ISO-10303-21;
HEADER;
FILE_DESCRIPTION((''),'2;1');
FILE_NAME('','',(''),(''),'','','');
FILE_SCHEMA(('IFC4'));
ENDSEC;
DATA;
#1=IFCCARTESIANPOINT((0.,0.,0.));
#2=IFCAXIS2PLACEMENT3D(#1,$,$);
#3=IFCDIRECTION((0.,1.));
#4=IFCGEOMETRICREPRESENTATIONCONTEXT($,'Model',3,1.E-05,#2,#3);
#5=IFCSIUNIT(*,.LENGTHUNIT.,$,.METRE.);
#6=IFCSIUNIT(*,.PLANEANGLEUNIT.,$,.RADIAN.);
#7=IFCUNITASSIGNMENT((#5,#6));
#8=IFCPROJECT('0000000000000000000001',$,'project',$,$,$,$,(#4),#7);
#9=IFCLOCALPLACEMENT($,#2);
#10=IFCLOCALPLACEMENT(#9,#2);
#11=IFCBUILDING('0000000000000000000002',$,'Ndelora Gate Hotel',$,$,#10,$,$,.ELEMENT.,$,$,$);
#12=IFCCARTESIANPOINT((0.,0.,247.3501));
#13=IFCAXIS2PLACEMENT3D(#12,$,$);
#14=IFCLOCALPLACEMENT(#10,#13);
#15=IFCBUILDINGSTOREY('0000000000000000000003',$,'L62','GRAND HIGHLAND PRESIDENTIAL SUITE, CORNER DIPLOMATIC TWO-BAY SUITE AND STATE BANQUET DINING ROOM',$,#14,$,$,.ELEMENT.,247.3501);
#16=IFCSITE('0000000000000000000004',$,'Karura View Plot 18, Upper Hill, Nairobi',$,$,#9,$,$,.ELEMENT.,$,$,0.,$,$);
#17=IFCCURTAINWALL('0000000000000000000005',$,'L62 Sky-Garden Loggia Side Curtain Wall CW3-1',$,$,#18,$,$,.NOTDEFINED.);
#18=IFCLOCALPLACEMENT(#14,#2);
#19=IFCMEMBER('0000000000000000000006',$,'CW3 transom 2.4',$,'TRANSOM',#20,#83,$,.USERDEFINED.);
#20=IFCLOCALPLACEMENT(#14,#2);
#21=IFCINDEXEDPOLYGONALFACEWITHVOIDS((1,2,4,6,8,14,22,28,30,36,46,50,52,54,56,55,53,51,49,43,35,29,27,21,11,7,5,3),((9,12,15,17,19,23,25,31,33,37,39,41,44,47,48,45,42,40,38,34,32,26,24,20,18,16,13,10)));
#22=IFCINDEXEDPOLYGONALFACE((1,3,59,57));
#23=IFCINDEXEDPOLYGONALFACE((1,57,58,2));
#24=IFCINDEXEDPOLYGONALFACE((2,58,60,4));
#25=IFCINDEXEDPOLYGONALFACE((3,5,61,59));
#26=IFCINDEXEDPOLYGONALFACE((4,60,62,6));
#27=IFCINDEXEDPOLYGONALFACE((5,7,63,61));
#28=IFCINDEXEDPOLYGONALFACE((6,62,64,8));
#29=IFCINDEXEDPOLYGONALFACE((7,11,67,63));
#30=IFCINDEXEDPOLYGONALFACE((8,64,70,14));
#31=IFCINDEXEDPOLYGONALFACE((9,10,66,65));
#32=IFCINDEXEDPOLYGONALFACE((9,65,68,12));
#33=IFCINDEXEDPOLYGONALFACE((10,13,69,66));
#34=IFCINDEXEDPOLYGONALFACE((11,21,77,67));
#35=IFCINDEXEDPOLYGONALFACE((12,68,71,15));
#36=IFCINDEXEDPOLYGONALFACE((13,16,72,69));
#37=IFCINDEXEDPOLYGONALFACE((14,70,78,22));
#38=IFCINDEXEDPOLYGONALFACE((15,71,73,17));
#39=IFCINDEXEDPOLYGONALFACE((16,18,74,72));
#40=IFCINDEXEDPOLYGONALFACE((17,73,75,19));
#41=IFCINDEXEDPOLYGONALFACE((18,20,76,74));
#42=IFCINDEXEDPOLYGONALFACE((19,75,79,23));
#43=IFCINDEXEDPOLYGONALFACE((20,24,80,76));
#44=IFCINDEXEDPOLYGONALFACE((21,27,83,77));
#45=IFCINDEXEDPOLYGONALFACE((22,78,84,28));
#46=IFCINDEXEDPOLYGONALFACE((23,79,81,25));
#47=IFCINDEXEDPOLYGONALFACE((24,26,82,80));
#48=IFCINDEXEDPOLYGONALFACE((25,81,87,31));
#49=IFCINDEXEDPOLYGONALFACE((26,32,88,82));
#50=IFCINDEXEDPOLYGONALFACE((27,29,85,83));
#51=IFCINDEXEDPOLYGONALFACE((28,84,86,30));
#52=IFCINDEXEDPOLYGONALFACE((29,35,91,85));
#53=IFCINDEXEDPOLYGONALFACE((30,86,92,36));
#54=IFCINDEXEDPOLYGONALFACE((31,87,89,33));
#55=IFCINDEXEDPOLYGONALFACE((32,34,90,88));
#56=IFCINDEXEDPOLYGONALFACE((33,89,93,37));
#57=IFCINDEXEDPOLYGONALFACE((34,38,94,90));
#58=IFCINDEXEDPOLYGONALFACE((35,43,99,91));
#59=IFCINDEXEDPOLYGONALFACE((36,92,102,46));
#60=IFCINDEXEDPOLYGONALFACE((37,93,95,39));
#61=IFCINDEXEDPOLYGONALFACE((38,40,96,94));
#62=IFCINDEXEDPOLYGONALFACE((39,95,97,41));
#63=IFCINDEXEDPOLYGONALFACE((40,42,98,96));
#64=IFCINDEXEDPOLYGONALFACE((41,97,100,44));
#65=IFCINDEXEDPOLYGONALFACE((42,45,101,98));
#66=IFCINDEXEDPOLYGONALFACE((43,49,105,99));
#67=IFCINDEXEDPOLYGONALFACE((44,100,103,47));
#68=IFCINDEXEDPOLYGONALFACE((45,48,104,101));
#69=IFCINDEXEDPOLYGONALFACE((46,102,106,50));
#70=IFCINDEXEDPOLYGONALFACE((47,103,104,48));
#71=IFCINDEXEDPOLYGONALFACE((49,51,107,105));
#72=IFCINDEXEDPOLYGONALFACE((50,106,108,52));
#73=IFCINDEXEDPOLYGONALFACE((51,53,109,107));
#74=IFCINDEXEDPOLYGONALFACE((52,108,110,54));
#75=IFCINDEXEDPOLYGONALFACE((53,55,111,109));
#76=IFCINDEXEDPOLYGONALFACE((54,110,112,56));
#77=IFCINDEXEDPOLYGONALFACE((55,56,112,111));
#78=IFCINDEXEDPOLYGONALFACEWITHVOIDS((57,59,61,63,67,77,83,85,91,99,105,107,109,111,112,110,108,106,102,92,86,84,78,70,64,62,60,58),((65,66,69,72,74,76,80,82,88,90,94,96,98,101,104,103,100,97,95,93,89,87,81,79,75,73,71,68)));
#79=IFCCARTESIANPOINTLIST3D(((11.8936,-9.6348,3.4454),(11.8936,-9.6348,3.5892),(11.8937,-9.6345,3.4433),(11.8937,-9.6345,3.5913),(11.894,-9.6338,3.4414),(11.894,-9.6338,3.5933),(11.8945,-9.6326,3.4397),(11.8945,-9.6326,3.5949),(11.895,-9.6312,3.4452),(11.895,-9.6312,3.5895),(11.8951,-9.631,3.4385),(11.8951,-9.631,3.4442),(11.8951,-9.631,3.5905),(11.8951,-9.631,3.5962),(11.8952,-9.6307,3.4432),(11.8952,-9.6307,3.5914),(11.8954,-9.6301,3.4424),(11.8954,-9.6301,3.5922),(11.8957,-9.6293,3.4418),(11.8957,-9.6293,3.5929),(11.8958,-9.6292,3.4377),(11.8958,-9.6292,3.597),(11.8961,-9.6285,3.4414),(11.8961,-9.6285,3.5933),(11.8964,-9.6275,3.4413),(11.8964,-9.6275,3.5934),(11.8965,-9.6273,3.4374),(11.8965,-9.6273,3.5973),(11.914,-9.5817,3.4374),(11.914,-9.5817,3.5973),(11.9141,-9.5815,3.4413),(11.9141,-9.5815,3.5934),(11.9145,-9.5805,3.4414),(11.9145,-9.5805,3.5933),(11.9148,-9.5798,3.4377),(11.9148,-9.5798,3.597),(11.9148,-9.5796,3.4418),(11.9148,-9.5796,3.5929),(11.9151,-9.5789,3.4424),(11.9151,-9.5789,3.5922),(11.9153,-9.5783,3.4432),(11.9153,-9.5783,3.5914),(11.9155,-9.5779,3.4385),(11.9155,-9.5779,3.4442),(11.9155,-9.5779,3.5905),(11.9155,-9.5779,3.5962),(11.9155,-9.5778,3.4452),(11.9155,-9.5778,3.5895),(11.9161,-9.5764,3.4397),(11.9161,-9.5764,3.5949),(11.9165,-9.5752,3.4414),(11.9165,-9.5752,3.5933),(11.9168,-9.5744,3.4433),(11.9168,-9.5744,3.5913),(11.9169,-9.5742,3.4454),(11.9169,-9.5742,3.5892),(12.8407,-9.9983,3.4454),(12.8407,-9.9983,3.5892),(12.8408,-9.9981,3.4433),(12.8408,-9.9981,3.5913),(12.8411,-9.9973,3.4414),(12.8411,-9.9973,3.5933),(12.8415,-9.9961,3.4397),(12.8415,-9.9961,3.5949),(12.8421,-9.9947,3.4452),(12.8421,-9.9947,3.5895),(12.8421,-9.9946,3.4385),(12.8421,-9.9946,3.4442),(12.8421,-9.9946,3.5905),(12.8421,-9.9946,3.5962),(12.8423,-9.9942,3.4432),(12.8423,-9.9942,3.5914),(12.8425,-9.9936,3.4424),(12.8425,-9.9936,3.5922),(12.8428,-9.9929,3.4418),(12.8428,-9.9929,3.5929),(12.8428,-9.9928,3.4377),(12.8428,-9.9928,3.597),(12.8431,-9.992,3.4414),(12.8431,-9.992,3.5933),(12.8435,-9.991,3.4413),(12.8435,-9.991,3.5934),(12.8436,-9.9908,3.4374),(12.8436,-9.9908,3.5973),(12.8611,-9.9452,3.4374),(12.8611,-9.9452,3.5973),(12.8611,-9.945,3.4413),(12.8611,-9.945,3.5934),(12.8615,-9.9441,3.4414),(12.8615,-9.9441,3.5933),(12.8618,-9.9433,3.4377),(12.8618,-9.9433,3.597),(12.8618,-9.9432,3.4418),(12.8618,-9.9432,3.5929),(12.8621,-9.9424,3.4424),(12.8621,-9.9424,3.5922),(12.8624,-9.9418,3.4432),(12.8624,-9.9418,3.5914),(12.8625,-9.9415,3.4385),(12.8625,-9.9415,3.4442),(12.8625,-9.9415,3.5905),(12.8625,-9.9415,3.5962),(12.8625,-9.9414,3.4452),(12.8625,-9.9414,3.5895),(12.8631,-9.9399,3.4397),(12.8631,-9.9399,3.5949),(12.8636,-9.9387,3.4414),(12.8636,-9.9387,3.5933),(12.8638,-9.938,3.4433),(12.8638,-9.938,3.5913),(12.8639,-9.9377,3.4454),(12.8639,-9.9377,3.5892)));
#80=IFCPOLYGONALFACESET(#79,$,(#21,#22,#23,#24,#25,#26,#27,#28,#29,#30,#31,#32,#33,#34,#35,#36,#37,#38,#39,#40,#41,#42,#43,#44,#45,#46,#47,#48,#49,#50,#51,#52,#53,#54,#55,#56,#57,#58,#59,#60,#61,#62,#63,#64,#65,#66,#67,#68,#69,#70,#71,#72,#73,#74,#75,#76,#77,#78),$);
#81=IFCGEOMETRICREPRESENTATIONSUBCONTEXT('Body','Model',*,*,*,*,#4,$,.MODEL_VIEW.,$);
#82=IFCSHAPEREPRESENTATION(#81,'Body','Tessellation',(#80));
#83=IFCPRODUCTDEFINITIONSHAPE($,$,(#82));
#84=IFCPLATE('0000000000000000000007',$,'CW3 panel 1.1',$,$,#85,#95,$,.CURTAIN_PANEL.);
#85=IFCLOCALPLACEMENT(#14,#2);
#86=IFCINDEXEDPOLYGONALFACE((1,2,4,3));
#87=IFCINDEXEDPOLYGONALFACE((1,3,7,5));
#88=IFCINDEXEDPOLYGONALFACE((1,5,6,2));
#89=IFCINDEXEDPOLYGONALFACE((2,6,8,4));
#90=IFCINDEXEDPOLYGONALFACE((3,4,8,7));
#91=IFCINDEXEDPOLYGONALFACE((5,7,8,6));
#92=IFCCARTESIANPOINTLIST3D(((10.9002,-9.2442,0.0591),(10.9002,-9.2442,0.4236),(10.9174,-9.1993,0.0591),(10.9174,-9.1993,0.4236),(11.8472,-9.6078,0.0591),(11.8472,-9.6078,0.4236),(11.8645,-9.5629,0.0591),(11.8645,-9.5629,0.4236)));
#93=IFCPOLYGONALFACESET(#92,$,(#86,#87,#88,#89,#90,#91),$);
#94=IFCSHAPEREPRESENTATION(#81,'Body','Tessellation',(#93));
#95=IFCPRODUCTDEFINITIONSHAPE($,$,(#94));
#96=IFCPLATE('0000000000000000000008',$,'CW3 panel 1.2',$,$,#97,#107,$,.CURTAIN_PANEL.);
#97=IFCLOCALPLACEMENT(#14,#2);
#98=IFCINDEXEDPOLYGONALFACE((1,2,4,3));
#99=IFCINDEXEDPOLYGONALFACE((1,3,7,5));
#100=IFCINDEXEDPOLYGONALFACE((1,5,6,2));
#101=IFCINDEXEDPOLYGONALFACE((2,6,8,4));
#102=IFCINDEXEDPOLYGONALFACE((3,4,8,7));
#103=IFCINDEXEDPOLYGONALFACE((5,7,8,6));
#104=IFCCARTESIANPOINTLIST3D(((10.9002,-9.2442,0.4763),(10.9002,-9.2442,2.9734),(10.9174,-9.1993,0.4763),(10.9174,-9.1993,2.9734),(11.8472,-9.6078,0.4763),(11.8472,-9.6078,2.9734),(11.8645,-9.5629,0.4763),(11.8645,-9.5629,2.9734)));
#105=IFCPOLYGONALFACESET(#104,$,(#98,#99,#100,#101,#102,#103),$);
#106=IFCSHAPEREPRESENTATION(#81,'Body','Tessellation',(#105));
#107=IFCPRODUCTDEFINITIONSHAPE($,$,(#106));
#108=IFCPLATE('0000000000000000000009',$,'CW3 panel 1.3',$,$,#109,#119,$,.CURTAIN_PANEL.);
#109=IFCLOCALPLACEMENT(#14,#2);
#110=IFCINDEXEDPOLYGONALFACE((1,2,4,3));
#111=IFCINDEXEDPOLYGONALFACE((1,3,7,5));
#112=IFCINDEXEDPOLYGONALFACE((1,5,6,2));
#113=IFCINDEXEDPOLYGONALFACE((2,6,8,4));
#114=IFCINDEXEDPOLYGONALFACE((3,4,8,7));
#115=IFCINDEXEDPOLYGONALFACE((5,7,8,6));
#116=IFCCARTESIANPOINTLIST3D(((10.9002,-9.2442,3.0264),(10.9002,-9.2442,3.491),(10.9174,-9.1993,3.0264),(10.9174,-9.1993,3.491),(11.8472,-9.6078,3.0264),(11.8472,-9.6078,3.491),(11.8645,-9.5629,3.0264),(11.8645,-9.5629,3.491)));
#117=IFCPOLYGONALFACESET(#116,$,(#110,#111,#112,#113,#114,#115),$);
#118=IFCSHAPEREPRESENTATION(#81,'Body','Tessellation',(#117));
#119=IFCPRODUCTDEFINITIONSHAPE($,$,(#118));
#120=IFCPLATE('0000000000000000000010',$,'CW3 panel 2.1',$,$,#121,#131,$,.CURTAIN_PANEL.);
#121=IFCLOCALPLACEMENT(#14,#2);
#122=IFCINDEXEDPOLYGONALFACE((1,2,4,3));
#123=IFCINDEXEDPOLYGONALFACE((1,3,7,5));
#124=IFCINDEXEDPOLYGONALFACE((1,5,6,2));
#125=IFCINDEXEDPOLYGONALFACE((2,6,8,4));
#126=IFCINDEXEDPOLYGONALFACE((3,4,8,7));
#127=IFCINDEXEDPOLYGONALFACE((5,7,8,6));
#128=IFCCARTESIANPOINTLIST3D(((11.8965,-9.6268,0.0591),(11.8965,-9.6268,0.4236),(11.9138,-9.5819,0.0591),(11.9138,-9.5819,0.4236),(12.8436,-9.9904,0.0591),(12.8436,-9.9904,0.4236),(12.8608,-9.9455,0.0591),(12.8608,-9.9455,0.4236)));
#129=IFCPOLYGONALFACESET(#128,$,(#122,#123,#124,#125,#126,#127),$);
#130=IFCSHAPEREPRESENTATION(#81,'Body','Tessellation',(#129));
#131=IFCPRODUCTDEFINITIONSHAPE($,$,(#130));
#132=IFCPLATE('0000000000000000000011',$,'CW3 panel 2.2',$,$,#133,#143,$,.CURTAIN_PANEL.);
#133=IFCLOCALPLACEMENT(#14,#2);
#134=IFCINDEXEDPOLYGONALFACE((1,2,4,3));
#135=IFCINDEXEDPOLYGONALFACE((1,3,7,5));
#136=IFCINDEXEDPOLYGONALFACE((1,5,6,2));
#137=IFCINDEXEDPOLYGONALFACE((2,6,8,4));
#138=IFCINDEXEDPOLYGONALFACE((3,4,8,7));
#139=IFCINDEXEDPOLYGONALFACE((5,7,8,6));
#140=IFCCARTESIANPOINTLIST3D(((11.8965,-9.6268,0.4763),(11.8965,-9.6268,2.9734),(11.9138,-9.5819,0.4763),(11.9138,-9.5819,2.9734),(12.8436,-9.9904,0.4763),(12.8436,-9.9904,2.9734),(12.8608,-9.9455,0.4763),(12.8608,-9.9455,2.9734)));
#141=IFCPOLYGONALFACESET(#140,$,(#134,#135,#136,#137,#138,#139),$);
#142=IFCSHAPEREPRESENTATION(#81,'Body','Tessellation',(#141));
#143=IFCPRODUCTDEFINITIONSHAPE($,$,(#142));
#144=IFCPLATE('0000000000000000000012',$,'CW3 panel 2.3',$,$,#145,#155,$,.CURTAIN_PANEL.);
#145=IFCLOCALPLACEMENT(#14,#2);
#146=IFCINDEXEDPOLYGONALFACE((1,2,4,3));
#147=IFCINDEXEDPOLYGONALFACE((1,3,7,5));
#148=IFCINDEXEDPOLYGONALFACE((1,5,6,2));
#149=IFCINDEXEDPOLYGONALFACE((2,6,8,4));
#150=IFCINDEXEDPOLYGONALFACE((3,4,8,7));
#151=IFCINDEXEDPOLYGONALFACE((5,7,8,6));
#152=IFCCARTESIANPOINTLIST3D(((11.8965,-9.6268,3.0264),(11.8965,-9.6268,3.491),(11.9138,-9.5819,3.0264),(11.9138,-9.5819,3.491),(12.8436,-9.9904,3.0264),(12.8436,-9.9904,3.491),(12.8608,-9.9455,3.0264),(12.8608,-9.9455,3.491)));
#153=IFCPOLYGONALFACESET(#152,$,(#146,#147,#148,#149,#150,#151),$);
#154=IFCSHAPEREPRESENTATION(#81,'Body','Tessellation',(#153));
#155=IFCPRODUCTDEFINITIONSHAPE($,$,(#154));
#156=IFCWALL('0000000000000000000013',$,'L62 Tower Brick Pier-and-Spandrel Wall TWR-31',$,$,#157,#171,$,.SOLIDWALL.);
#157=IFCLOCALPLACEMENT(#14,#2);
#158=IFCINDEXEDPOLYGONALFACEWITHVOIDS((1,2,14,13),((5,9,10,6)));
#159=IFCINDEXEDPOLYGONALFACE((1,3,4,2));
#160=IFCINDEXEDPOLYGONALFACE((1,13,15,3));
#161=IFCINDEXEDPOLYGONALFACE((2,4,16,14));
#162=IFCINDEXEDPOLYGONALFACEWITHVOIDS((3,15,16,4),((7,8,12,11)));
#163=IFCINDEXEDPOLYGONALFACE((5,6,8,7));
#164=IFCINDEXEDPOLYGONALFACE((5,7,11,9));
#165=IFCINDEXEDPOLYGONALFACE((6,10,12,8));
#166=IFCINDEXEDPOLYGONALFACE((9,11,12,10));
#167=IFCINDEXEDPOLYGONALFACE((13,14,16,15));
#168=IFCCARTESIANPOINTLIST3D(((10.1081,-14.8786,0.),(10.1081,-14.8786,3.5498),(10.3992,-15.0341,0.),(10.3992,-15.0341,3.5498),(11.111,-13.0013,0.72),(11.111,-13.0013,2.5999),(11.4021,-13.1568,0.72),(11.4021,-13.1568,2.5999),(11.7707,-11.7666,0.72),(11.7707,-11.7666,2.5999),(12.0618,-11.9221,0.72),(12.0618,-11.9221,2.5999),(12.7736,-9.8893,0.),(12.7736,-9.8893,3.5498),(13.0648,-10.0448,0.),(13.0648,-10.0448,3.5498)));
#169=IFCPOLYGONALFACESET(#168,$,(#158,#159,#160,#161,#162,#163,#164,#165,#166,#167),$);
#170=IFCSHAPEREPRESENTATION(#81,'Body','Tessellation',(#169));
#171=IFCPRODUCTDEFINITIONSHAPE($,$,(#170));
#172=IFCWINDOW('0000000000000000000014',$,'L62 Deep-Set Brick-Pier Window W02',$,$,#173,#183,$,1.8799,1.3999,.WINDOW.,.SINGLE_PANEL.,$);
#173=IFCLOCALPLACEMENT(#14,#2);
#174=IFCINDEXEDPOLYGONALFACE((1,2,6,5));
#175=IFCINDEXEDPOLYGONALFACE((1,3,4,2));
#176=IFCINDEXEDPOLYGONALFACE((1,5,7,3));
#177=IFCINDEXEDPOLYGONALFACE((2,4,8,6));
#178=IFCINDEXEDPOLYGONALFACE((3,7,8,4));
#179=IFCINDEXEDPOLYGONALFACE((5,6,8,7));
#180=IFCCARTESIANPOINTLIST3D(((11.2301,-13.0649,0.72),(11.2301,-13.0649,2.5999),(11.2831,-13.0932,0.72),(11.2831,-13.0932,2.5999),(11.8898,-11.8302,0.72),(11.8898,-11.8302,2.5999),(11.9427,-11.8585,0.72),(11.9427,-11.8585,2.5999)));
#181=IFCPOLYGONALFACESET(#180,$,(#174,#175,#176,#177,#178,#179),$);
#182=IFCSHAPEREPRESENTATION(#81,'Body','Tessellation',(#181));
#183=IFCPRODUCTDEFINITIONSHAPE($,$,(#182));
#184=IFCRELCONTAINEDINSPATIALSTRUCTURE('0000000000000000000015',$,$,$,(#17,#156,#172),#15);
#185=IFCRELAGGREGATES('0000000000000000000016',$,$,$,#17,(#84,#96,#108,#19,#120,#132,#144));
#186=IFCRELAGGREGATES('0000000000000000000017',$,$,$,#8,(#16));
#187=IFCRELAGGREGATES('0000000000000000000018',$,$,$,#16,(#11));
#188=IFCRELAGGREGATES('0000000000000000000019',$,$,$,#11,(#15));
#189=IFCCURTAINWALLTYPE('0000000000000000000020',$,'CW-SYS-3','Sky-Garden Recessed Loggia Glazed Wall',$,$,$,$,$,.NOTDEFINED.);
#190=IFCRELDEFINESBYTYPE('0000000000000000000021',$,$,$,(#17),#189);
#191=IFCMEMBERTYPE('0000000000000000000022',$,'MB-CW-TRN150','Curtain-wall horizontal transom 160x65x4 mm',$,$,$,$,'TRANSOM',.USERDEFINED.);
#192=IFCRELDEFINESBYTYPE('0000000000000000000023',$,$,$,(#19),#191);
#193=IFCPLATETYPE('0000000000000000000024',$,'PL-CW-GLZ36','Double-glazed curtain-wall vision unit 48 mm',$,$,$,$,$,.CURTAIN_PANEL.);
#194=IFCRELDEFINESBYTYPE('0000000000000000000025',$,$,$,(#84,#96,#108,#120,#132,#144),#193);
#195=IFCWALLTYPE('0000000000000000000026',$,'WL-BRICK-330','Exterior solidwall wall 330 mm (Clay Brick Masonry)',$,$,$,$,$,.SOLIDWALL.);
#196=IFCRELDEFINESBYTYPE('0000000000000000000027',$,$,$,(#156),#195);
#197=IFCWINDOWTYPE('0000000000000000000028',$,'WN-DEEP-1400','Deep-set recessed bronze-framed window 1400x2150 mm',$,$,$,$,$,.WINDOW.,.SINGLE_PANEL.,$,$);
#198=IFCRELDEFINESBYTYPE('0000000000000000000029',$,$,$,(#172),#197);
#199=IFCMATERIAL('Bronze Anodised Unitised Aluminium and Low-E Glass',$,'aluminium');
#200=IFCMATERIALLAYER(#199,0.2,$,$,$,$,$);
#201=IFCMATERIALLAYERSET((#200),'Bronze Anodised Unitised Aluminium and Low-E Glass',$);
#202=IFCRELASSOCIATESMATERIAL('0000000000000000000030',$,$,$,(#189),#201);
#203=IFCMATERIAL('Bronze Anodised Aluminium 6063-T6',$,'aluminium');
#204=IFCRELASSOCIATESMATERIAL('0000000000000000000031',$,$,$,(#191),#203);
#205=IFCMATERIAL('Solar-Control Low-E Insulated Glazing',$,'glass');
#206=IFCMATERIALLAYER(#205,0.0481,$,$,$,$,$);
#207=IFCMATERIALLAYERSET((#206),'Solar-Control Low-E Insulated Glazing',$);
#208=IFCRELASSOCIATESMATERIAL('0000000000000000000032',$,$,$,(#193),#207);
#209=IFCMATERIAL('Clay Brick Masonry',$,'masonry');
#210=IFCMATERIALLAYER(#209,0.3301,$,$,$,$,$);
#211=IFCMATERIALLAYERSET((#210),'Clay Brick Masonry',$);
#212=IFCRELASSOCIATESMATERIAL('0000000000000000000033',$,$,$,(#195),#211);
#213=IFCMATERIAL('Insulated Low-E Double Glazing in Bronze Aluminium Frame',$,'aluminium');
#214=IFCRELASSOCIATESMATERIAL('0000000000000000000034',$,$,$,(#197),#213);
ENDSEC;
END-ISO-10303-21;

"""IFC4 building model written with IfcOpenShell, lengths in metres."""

from ifc_helpers import new_model, si_unit, direction, frame, frame_2d, origin, origin_2d, place, context, subcontext, project, spatial, rectangle, hollow_rectangle, extrude, material, layer, layer_set, material_profile, profile_set, type_object, element, fill, aggregate, save


model = new_model("IFC4")

# Units and contexts
model_context = context("Model", 3, precision=1e-05, world=origin(), true_north=direction((0.0, 1.0)))
body_context = subcontext(model_context, "Body", "Model", "MODEL_VIEW")
ifc_project = project(units=[si_unit("LENGTHUNIT", "METRE"), si_unit("PLANEANGLEUNIT", "RADIAN")], contexts=[model_context])

# Site, building, storey
site_placement = place(None, origin())
site = spatial("IfcSite", under=ifc_project, at=site_placement, Name="Karura View Plot 18, Upper Hill, Nairobi", CompositionType="ELEMENT", RefElevation=0.0)
building_placement = place(site_placement, origin())
building = spatial("IfcBuilding", under=site, at=building_placement, Name="Ndelora Gate Hotel", CompositionType="ELEMENT")
storey_placement = place(building_placement, frame((0.0, 0.0, 247.3501)))
storey = spatial("IfcBuildingStorey", under=building, at=storey_placement, Name="L62", Description="GRAND HIGHLAND PRESIDENTIAL SUITE, CORNER DIPLOMATIC TWO-BAY SUITE AND STATE BANQUET DINING ROOM", CompositionType="ELEMENT", Elevation=247.3501)

# Curtain wall, member, plates
ifc_material_1 = material(Name="Bronze Anodised Unitised Aluminium and Low-E Glass", Category="aluminium")
ifc_layer_1 = layer(ifc_material_1, 0.2)
ifc_layer_set_1 = layer_set([ifc_layer_1], Name="Bronze Anodised Unitised Aluminium and Low-E Glass")
curtain_wall_type = type_object("IfcCurtainWallType", Name="CW-SYS-3", Description="Sky-Garden Recessed Loggia Glazed Wall", PredefinedType="NOTDEFINED", material=ifc_layer_set_1)
curtain_wall_placement = place(storey_placement, origin())
curtain_wall = element("IfcCurtainWall", 1, at=curtain_wall_placement, inside=storey, type_object=curtain_wall_type, Name="L62 Sky-Garden Loggia Side Curtain Wall CW3-1", PredefinedType="NOTDEFINED")
ifc_material_2 = material(Name="Bronze Anodised Aluminium 6063-T6", Category="aluminium")
ifc_material_profile_1 = material_profile(ifc_material_2, hollow_rectangle(XDim=0.0649, YDim=0.1599, WallThickness=0.0039, InnerFilletRadius=0.0039, OuterFilletRadius=0.0081, at=origin_2d()), Name="ALU 160x65x4")
ifc_profile_set_1 = profile_set([ifc_material_profile_1], Name="Bronze Anodised Aluminium 6063-T6")
member_type_1 = type_object("IfcMemberType", Name="MB-CW-TRN150", Description="Curtain-wall horizontal transom 160x65x4 mm", ElementType="TRANSOM", PredefinedType="USERDEFINED", material=ifc_profile_set_1)
member_1_placement = place(storey_placement, frame((11.9053, -9.6045, 3.5173), z_axis=(0.933581, -0.358366, 0.0), x_axis=(0.358366, 0.933581, 0.0)))
member_1 = element("IfcMember", 2, at=member_1_placement, type_object=member_type_1, Name="CW3 transom 2.4", ObjectType="TRANSOM", PredefinedType="USERDEFINED", context=body_context, shape_type="SweptSolid", body=[
    extrude(hollow_rectangle(XDim=0.0649, YDim=0.1599, WallThickness=0.0039, InnerFilletRadius=0.0039, OuterFilletRadius=0.0081, at=origin_2d()), origin(), (0.0, 0.0, 1.0), 1.0144),
])
ifc_material_3 = material(Name="Solar-Control Low-E Insulated Glazing", Category="glass")
ifc_layer_2 = layer(ifc_material_3, 0.0481)
ifc_layer_set_2 = layer_set([ifc_layer_2], Name="Solar-Control Low-E Insulated Glazing")
plate_type = type_object("IfcPlateType", Name="PL-CW-GLZ36", Description="Double-glazed curtain-wall vision unit 48 mm", PredefinedType="CURTAIN_PANEL", material=ifc_layer_set_2)
plate_1_placement = place(storey_placement, frame((11.3823, -9.4036, 0.0591), z_axis=(0.0, 0.0, 1.0), x_axis=(0.933577, -0.358376, 0.0)))
plate_1 = element("IfcPlate", 3, at=plate_1_placement, type_object=plate_type, Name="CW3 panel 1.1", PredefinedType="CURTAIN_PANEL", context=body_context, shape_type="SweptSolid", body=[
    extrude(rectangle(XDim=1.0144, YDim=0.0481, at=origin_2d()), origin(), (0.0, 0.0, 1.0), 0.3645),
])
plate_2_placement = place(storey_placement, frame((11.3823, -9.4036, 0.4763), z_axis=(0.0, 0.0, 1.0), x_axis=(0.933577, -0.358376, 0.0)))
plate_2 = element("IfcPlate", 4, at=plate_2_placement, type_object=plate_type, Name="CW3 panel 1.2", PredefinedType="CURTAIN_PANEL", context=body_context, shape_type="SweptSolid", body=[
    extrude(rectangle(XDim=1.0144, YDim=0.0481, at=origin_2d()), origin(), (0.0, 0.0, 1.0), 2.4971),
])
plate_3_placement = place(storey_placement, frame((11.3823, -9.4036, 3.0264), z_axis=(0.0, 0.0, 1.0), x_axis=(0.933577, -0.358376, 0.0)))
plate_3 = element("IfcPlate", 5, at=plate_3_placement, type_object=plate_type, Name="CW3 panel 1.3", PredefinedType="CURTAIN_PANEL", context=body_context, shape_type="SweptSolid", body=[
    extrude(rectangle(XDim=1.0144, YDim=0.0481, at=origin_2d()), origin(), (0.0, 0.0, 1.0), 0.4646),
])
plate_4_placement = place(storey_placement, frame((12.3787, -9.7861, 0.0591), z_axis=(0.0, 0.0, 1.0), x_axis=(0.933577, -0.358376, 0.0)))
plate_4 = element("IfcPlate", 6, at=plate_4_placement, type_object=plate_type, Name="CW3 panel 2.1", PredefinedType="CURTAIN_PANEL", context=body_context, shape_type="SweptSolid", body=[
    extrude(rectangle(XDim=1.0144, YDim=0.0481, at=origin_2d()), origin(), (0.0, 0.0, 1.0), 0.3645),
])
plate_5_placement = place(storey_placement, frame((12.3787, -9.7861, 0.4763), z_axis=(0.0, 0.0, 1.0), x_axis=(0.933577, -0.358376, 0.0)))
plate_5 = element("IfcPlate", 7, at=plate_5_placement, type_object=plate_type, Name="CW3 panel 2.2", PredefinedType="CURTAIN_PANEL", context=body_context, shape_type="SweptSolid", body=[
    extrude(rectangle(XDim=1.0144, YDim=0.0481, at=origin_2d()), origin(), (0.0, 0.0, 1.0), 2.4971),
])
plate_6_placement = place(storey_placement, frame((12.3787, -9.7861, 3.0264), z_axis=(0.0, 0.0, 1.0), x_axis=(0.933577, -0.358376, 0.0)))
plate_6 = element("IfcPlate", 8, at=plate_6_placement, type_object=plate_type, Name="CW3 panel 2.3", PredefinedType="CURTAIN_PANEL", context=body_context, shape_type="SweptSolid", body=[
    extrude(rectangle(XDim=1.0144, YDim=0.0481, at=origin_2d()), origin(), (0.0, 0.0, 1.0), 0.4646),
])
aggregate(curtain_wall, [plate_1, plate_2, plate_3, member_1, plate_4, plate_5, plate_6])

# Wall, opening, window
ifc_material_4 = material(Name="Clay Brick Masonry", Category="masonry")
ifc_layer_3 = layer(ifc_material_4, 0.3301)
ifc_layer_set_3 = layer_set([ifc_layer_3], Name="Clay Brick Masonry")
wall_type = type_object("IfcWallType", Name="WL-BRICK-330", Description="Exterior solidwall wall 330 mm (Clay Brick Masonry)", PredefinedType="SOLIDWALL", material=ifc_layer_set_3)
wall_placement = place(storey_placement, frame((12.9192, -9.967, 0.0), z_axis=(0.0, 0.0, 1.0), x_axis=(-0.47122, -0.882016, 0.0)))
wall = element("IfcWall", 9, at=wall_placement, inside=storey, type_object=wall_type, Name="L62 Tower Brick Pier-and-Spandrel Wall TWR-31", PredefinedType="SOLIDWALL", context=body_context, shape_type="SweptSolid", body=[
    extrude(rectangle(XDim=5.6567, YDim=0.3301, at=frame_2d((2.8284, 0.0))), origin(), (0.0, 0.0, 1.0), 3.5498),
])
opening_placement = place(wall_placement, frame((2.1284, 0.0, 0.72)))
opening = element("IfcOpeningElement", 10, at=opening_placement, cuts=wall, PredefinedType="OPENING", context=body_context, shape_type="SweptSolid", body=[
    extrude(rectangle(XDim=1.3999, YDim=1.8799, at=frame_2d((0.7, 0.9399))), frame((0.0, 0.175, 0.0), z_axis=(0.0, -1.0, 0.0), x_axis=(1.0, 0.0, 0.0)), (0.0, 0.0, 1.0), 0.3501),
])
ifc_material_5 = material(Name="Insulated Low-E Double Glazing in Bronze Aluminium Frame", Category="aluminium")
window_type = type_object("IfcWindowType", Name="WN-DEEP-1400", Description="Deep-set recessed bronze-framed window 1400x2150 mm", PartitioningType="SINGLE_PANEL", PredefinedType="WINDOW", material=ifc_material_5)
window_placement = place(opening_placement, origin())
window = element("IfcWindow", 11, at=window_placement, inside=storey, type_object=window_type, Name="L62 Deep-Set Brick-Pier Window W02", OverallHeight=1.8799, OverallWidth=1.3999, PartitioningType="SINGLE_PANEL", PredefinedType="WINDOW", context=body_context, shape_type="SweptSolid", body=[
    extrude(rectangle(XDim=1.3999, YDim=1.8799, at=frame_2d((0.7, 0.9399))), frame((0.0, 0.03, 0.0), z_axis=(0.0, -1.0, 0.0), x_axis=(1.0, 0.0, 0.0)), (0.0, 0.0, 1.0), 0.0601),
])
fill(opening, window)

save(model, "model.ifc")
